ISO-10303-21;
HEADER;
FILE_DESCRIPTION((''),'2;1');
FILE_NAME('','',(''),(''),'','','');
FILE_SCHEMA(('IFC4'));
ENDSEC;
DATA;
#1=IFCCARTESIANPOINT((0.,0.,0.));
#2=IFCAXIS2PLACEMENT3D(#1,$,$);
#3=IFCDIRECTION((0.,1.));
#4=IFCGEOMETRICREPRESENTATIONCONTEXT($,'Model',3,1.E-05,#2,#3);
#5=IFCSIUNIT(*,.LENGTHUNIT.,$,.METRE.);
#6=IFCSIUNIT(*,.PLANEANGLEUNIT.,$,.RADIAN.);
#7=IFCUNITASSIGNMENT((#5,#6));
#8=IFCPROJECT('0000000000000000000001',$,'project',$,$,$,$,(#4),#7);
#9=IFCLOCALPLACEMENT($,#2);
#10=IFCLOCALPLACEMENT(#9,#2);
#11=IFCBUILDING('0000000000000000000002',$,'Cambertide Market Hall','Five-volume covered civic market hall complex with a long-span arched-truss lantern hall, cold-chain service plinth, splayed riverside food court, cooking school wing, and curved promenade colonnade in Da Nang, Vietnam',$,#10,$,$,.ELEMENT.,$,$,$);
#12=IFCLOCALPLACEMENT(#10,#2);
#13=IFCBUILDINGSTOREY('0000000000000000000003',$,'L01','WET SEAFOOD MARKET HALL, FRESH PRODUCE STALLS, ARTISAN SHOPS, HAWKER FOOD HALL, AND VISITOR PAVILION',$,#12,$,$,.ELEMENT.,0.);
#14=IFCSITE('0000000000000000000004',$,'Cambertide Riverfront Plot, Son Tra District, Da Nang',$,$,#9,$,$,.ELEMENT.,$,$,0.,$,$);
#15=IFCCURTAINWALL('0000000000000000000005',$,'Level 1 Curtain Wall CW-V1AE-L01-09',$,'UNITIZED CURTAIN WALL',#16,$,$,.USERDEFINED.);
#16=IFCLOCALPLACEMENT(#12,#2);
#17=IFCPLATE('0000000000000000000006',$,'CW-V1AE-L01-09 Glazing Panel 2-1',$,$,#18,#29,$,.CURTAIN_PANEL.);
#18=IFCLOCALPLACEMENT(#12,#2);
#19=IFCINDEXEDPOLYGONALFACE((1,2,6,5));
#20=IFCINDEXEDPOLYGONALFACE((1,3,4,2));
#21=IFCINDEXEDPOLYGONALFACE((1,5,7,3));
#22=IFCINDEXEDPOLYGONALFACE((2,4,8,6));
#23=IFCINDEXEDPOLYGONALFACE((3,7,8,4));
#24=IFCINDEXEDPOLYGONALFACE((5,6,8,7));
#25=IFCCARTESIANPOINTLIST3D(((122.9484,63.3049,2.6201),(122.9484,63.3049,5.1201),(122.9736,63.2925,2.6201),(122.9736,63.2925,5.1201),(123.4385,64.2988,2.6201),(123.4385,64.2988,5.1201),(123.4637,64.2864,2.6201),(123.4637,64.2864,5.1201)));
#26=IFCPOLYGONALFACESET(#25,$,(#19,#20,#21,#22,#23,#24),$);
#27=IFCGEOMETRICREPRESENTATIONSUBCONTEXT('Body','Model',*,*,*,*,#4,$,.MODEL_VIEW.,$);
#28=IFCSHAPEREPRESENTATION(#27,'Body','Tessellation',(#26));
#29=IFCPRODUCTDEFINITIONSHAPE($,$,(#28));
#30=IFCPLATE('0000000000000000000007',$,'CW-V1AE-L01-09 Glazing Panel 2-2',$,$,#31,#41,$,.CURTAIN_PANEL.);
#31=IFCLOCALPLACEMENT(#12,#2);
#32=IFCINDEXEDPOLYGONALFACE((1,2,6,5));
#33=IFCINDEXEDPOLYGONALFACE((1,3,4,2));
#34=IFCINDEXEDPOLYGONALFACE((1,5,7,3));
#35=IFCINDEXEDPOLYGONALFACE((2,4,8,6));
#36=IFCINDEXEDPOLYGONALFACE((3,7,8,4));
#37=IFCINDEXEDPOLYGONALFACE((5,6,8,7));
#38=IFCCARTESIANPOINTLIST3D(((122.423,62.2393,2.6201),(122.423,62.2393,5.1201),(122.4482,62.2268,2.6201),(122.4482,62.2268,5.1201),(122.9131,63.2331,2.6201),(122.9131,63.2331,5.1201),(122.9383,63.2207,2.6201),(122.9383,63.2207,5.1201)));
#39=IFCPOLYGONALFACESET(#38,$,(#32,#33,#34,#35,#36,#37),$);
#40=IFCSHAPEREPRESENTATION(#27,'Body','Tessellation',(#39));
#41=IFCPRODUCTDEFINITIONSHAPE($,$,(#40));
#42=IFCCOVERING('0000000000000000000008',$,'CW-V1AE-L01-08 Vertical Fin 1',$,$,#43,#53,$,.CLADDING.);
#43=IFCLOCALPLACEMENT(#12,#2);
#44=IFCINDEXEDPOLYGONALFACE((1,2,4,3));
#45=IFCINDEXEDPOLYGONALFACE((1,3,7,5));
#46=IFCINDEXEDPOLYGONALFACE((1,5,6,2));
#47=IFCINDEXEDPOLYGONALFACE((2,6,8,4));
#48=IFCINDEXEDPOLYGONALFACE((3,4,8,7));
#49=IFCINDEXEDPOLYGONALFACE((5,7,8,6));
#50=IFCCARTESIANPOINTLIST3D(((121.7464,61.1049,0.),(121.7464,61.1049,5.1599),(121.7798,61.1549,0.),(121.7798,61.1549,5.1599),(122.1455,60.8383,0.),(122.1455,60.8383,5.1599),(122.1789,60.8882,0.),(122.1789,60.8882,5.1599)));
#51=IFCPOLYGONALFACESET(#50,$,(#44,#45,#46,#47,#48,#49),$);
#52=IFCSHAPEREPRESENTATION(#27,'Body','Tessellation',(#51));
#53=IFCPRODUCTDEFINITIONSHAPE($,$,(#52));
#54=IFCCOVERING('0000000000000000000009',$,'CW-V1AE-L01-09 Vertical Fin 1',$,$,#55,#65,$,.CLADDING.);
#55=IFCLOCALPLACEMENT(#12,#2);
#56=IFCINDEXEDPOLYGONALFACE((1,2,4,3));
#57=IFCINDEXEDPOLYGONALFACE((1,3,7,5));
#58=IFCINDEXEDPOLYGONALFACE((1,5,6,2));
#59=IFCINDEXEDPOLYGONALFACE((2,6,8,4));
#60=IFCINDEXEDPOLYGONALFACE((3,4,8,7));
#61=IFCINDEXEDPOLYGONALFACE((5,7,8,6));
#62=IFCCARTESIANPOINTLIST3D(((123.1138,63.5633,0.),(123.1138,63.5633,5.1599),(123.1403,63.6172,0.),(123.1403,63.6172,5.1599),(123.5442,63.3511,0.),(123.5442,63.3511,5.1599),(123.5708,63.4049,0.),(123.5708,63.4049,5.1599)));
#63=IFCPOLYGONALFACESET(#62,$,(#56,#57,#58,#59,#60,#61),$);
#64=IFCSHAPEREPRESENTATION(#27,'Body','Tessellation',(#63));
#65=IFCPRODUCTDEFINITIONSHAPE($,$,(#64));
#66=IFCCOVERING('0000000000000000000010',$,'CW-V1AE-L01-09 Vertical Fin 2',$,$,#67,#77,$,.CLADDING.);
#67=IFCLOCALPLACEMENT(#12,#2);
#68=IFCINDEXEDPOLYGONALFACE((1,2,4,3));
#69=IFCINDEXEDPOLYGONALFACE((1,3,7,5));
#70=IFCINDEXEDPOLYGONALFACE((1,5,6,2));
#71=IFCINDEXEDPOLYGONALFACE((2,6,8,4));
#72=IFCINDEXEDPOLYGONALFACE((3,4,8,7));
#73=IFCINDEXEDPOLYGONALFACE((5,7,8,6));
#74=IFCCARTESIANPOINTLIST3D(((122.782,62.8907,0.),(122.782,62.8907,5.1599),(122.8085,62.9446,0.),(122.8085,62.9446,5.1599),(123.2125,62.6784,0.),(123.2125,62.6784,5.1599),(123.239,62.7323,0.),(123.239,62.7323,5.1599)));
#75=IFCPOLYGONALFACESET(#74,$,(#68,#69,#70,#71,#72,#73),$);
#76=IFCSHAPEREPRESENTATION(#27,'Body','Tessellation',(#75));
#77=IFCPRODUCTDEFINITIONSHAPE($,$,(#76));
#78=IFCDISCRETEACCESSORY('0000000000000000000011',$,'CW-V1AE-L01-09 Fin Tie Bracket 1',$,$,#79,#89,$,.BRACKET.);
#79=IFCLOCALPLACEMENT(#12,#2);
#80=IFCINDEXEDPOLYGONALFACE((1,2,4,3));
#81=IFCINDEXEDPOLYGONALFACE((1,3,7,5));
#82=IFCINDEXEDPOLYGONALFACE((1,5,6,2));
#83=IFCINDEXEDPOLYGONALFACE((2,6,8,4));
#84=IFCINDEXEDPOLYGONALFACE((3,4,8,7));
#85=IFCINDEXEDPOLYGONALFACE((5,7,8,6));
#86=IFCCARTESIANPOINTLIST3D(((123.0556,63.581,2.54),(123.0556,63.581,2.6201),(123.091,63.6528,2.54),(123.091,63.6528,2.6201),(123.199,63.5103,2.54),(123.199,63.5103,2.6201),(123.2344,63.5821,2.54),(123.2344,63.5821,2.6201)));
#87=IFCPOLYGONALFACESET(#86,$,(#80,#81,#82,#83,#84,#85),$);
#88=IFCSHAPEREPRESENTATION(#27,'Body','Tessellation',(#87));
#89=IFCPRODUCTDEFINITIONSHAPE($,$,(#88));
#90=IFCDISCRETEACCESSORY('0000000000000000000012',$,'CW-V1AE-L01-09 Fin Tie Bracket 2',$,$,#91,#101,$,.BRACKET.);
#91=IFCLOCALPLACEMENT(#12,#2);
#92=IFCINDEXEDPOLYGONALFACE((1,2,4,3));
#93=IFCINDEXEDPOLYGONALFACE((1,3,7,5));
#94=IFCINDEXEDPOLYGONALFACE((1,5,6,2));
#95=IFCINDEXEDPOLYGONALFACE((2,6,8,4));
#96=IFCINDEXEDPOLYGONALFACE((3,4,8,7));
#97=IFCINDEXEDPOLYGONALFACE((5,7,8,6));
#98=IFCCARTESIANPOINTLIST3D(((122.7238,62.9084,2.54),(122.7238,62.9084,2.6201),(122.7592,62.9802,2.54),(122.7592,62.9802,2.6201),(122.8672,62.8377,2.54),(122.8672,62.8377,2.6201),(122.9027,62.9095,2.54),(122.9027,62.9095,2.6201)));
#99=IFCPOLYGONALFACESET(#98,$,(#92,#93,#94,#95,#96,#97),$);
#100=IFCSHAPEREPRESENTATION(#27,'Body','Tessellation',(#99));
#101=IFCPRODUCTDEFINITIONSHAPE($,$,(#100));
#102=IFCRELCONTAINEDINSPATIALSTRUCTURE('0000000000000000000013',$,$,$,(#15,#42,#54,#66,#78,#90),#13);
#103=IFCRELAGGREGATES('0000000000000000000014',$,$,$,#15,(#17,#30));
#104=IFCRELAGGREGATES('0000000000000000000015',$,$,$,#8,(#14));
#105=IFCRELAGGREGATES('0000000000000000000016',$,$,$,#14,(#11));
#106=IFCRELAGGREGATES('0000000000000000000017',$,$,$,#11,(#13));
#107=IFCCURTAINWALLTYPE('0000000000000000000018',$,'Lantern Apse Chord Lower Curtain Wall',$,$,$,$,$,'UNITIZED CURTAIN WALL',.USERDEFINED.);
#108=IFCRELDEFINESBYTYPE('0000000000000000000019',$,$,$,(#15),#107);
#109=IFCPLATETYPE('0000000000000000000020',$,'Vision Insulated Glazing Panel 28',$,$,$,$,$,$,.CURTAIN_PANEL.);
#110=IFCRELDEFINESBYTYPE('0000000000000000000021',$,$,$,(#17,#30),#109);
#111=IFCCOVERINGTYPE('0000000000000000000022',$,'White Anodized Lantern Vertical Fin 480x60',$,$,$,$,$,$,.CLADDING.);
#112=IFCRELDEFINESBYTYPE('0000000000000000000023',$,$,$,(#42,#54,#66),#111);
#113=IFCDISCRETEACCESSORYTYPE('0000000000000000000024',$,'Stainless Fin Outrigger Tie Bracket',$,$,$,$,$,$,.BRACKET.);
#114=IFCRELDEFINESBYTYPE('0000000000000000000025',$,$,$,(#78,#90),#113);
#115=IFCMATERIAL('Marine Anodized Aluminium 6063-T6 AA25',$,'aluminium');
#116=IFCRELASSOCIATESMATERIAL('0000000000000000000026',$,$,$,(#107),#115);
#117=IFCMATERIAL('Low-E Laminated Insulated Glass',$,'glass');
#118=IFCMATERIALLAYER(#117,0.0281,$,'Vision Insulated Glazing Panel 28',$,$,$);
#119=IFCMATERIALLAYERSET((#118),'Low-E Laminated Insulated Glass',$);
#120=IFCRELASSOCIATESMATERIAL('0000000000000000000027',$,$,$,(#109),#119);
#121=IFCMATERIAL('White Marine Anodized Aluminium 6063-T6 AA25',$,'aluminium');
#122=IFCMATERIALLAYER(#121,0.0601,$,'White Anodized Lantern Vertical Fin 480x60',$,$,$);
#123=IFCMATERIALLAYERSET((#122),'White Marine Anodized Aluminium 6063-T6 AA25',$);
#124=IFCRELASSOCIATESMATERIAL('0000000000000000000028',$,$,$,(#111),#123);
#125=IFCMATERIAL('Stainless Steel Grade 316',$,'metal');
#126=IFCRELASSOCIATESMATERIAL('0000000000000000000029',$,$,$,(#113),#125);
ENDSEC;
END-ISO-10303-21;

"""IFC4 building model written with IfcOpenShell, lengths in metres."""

from ifc_helpers import new_model, si_unit, direction, frame, origin, origin_2d, place, context, subcontext, project, spatial, rectangle, extrude, material, layer, layer_set, type_object, element, aggregate, save


model = new_model("IFC4")

# Units and contexts
model_context = context("Model", 3, precision=1e-05, world=origin(), true_north=direction((0.0, 1.0)))
body_context = subcontext(model_context, "Body", "Model", "MODEL_VIEW")
ifc_project = project(units=[si_unit("LENGTHUNIT", "METRE"), si_unit("PLANEANGLEUNIT", "RADIAN")], contexts=[model_context])

# Site, building, storey
site_placement = place(None, origin())
site = spatial("IfcSite", under=ifc_project, at=site_placement, Name="Cambertide Riverfront Plot, Son Tra District, Da Nang", CompositionType="ELEMENT", RefElevation=0.0)
building_placement = place(site_placement, origin())
building = spatial("IfcBuilding", under=site, at=building_placement, Name="Cambertide Market Hall", Description="Five-volume covered civic market hall complex with a long-span arched-truss lantern hall, cold-chain service plinth, splayed riverside food court, cooking school wing, and curved promenade colonnade in Da Nang, Vietnam", CompositionType="ELEMENT")
storey_placement = place(building_placement, origin())
storey = spatial("IfcBuildingStorey", under=building, at=storey_placement, Name="L01", Description="WET SEAFOOD MARKET HALL, FRESH PRODUCE STALLS, ARTISAN SHOPS, HAWKER FOOD HALL, AND VISITOR PAVILION", CompositionType="ELEMENT", Elevation=0.0)

# Shared definitions
ifc_material_1 = material(Name="Marine Anodized Aluminium 6063-T6 AA25", Category="aluminium")
curtain_wall_type_1 = type_object("IfcCurtainWallType", Name="Lantern Apse Chord Lower Curtain Wall", ElementType="UNITIZED CURTAIN WALL", PredefinedType="USERDEFINED", material=ifc_material_1)

# Curtain wall
curtain_wall_1_placement = place(storey_placement, origin())
curtain_wall_1 = element("IfcCurtainWall", 1, at=curtain_wall_1_placement, inside=storey, type_object=curtain_wall_type_1, Name="Level 1 Curtain Wall CW-V1AE-L01-09", ObjectType="UNITIZED CURTAIN WALL", PredefinedType="USERDEFINED")

# Plates
ifc_material_2 = material(Name="Low-E Laminated Insulated Glass", Category="glass")
ifc_layer_1 = layer(ifc_material_2, 0.0281, Name="Vision Insulated Glazing Panel 28")
ifc_layer_set_1 = layer_set([ifc_layer_1], Name="Low-E Laminated Insulated Glass")
plate_type = type_object("IfcPlateType", Name="Vision Insulated Glazing Panel 28", PredefinedType="CURTAIN_PANEL", material=ifc_layer_set_1)
plate_1_placement = place(storey_placement, frame((123.2061, 63.7957, 2.6201), z_axis=(0.0, 0.0, 1.0), x_axis=(-0.442289, -0.896873, 0.0)))
plate_1 = element("IfcPlate", 2, at=plate_1_placement, type_object=plate_type, Name="CW-V1AE-L01-09 Glazing Panel 2-1", PredefinedType="CURTAIN_PANEL", context=body_context, shape_type="SweptSolid", body=[
    extrude(rectangle(XDim=1.1082, YDim=0.0281, at=origin_2d()), origin(), (0.0, 0.0, 1.0), 2.5),
])
plate_2_placement = place(storey_placement, frame((122.6807, 62.73, 2.6201), z_axis=(0.0, 0.0, 1.0), x_axis=(-0.442289, -0.896873, 0.0)))
plate_2 = element("IfcPlate", 3, at=plate_2_placement, type_object=plate_type, Name="CW-V1AE-L01-09 Glazing Panel 2-2", PredefinedType="CURTAIN_PANEL", context=body_context, shape_type="SweptSolid", body=[
    extrude(rectangle(XDim=1.1082, YDim=0.0281, at=origin_2d()), origin(), (0.0, 0.0, 1.0), 2.5),
])
aggregate(curtain_wall_1, [plate_1, plate_2])

# Coverings
ifc_material_3 = material(Name="White Marine Anodized Aluminium 6063-T6 AA25", Category="aluminium")
ifc_layer_2 = layer(ifc_material_3, 0.0601, Name="White Anodized Lantern Vertical Fin 480x60")
ifc_layer_set_2 = layer_set([ifc_layer_2], Name="White Marine Anodized Aluminium 6063-T6 AA25")
covering_type = type_object("IfcCoveringType", Name="White Anodized Lantern Vertical Fin 480x60", PredefinedType="CLADDING", material=ifc_layer_set_2)
for number, where, z_axis, x_axis, name in (
    (4, (121.9626, 60.9966, 0.0), (0.0, 0.0, 1.0), (-0.55557, -0.83147, 0.0), "CW-V1AE-L01-08 Vertical Fin 1"),
    (5, (123.3423, 63.4841, 0.0), (0.0, 0.0, 1.0), (-0.442289, -0.896873, 0.0), "CW-V1AE-L01-09 Vertical Fin 1"),
    (6, (123.0105, 62.8115, 0.0), (0.0, 0.0, 1.0), (-0.442289, -0.896873, 0.0), "CW-V1AE-L01-09 Vertical Fin 2"),
):
    element("IfcCovering", number, at=place(storey_placement, frame(where, z_axis=z_axis, x_axis=x_axis)), inside=storey, type_object=covering_type, Name=name, PredefinedType="CLADDING", context=body_context, shape_type="SweptSolid", body=[
        extrude(rectangle(XDim=0.0601, YDim=0.48, at=origin_2d()), origin(), (0.0, 0.0, 1.0), 5.1599),
    ])

# Discrete accessories
ifc_material_4 = material(Name="Stainless Steel Grade 316", Category="metal")
discrete_accessory_type = type_object("IfcDiscreteAccessoryType", Name="Stainless Fin Outrigger Tie Bracket", PredefinedType="BRACKET", material=ifc_material_4)
for number, where, z_axis, x_axis, name in (
    (7, (123.145, 63.5815, 2.54), (0.0, 0.0, 1.0), (-0.442289, -0.896873, 0.0), "CW-V1AE-L01-09 Fin Tie Bracket 1"),
    (8, (122.8132, 62.9089, 2.54), (0.0, 0.0, 1.0), (-0.442289, -0.896873, 0.0), "CW-V1AE-L01-09 Fin Tie Bracket 2"),
):
    element("IfcDiscreteAccessory", number, at=place(storey_placement, frame(where, z_axis=z_axis, x_axis=x_axis)), inside=storey, type_object=discrete_accessory_type, Name=name, PredefinedType="BRACKET", context=body_context, shape_type="SweptSolid", body=[
        extrude(rectangle(XDim=0.0801, YDim=0.1599, at=origin_2d()), origin(), (0.0, 0.0, 1.0), 0.0801),
    ])

save(model, "model.ifc")
